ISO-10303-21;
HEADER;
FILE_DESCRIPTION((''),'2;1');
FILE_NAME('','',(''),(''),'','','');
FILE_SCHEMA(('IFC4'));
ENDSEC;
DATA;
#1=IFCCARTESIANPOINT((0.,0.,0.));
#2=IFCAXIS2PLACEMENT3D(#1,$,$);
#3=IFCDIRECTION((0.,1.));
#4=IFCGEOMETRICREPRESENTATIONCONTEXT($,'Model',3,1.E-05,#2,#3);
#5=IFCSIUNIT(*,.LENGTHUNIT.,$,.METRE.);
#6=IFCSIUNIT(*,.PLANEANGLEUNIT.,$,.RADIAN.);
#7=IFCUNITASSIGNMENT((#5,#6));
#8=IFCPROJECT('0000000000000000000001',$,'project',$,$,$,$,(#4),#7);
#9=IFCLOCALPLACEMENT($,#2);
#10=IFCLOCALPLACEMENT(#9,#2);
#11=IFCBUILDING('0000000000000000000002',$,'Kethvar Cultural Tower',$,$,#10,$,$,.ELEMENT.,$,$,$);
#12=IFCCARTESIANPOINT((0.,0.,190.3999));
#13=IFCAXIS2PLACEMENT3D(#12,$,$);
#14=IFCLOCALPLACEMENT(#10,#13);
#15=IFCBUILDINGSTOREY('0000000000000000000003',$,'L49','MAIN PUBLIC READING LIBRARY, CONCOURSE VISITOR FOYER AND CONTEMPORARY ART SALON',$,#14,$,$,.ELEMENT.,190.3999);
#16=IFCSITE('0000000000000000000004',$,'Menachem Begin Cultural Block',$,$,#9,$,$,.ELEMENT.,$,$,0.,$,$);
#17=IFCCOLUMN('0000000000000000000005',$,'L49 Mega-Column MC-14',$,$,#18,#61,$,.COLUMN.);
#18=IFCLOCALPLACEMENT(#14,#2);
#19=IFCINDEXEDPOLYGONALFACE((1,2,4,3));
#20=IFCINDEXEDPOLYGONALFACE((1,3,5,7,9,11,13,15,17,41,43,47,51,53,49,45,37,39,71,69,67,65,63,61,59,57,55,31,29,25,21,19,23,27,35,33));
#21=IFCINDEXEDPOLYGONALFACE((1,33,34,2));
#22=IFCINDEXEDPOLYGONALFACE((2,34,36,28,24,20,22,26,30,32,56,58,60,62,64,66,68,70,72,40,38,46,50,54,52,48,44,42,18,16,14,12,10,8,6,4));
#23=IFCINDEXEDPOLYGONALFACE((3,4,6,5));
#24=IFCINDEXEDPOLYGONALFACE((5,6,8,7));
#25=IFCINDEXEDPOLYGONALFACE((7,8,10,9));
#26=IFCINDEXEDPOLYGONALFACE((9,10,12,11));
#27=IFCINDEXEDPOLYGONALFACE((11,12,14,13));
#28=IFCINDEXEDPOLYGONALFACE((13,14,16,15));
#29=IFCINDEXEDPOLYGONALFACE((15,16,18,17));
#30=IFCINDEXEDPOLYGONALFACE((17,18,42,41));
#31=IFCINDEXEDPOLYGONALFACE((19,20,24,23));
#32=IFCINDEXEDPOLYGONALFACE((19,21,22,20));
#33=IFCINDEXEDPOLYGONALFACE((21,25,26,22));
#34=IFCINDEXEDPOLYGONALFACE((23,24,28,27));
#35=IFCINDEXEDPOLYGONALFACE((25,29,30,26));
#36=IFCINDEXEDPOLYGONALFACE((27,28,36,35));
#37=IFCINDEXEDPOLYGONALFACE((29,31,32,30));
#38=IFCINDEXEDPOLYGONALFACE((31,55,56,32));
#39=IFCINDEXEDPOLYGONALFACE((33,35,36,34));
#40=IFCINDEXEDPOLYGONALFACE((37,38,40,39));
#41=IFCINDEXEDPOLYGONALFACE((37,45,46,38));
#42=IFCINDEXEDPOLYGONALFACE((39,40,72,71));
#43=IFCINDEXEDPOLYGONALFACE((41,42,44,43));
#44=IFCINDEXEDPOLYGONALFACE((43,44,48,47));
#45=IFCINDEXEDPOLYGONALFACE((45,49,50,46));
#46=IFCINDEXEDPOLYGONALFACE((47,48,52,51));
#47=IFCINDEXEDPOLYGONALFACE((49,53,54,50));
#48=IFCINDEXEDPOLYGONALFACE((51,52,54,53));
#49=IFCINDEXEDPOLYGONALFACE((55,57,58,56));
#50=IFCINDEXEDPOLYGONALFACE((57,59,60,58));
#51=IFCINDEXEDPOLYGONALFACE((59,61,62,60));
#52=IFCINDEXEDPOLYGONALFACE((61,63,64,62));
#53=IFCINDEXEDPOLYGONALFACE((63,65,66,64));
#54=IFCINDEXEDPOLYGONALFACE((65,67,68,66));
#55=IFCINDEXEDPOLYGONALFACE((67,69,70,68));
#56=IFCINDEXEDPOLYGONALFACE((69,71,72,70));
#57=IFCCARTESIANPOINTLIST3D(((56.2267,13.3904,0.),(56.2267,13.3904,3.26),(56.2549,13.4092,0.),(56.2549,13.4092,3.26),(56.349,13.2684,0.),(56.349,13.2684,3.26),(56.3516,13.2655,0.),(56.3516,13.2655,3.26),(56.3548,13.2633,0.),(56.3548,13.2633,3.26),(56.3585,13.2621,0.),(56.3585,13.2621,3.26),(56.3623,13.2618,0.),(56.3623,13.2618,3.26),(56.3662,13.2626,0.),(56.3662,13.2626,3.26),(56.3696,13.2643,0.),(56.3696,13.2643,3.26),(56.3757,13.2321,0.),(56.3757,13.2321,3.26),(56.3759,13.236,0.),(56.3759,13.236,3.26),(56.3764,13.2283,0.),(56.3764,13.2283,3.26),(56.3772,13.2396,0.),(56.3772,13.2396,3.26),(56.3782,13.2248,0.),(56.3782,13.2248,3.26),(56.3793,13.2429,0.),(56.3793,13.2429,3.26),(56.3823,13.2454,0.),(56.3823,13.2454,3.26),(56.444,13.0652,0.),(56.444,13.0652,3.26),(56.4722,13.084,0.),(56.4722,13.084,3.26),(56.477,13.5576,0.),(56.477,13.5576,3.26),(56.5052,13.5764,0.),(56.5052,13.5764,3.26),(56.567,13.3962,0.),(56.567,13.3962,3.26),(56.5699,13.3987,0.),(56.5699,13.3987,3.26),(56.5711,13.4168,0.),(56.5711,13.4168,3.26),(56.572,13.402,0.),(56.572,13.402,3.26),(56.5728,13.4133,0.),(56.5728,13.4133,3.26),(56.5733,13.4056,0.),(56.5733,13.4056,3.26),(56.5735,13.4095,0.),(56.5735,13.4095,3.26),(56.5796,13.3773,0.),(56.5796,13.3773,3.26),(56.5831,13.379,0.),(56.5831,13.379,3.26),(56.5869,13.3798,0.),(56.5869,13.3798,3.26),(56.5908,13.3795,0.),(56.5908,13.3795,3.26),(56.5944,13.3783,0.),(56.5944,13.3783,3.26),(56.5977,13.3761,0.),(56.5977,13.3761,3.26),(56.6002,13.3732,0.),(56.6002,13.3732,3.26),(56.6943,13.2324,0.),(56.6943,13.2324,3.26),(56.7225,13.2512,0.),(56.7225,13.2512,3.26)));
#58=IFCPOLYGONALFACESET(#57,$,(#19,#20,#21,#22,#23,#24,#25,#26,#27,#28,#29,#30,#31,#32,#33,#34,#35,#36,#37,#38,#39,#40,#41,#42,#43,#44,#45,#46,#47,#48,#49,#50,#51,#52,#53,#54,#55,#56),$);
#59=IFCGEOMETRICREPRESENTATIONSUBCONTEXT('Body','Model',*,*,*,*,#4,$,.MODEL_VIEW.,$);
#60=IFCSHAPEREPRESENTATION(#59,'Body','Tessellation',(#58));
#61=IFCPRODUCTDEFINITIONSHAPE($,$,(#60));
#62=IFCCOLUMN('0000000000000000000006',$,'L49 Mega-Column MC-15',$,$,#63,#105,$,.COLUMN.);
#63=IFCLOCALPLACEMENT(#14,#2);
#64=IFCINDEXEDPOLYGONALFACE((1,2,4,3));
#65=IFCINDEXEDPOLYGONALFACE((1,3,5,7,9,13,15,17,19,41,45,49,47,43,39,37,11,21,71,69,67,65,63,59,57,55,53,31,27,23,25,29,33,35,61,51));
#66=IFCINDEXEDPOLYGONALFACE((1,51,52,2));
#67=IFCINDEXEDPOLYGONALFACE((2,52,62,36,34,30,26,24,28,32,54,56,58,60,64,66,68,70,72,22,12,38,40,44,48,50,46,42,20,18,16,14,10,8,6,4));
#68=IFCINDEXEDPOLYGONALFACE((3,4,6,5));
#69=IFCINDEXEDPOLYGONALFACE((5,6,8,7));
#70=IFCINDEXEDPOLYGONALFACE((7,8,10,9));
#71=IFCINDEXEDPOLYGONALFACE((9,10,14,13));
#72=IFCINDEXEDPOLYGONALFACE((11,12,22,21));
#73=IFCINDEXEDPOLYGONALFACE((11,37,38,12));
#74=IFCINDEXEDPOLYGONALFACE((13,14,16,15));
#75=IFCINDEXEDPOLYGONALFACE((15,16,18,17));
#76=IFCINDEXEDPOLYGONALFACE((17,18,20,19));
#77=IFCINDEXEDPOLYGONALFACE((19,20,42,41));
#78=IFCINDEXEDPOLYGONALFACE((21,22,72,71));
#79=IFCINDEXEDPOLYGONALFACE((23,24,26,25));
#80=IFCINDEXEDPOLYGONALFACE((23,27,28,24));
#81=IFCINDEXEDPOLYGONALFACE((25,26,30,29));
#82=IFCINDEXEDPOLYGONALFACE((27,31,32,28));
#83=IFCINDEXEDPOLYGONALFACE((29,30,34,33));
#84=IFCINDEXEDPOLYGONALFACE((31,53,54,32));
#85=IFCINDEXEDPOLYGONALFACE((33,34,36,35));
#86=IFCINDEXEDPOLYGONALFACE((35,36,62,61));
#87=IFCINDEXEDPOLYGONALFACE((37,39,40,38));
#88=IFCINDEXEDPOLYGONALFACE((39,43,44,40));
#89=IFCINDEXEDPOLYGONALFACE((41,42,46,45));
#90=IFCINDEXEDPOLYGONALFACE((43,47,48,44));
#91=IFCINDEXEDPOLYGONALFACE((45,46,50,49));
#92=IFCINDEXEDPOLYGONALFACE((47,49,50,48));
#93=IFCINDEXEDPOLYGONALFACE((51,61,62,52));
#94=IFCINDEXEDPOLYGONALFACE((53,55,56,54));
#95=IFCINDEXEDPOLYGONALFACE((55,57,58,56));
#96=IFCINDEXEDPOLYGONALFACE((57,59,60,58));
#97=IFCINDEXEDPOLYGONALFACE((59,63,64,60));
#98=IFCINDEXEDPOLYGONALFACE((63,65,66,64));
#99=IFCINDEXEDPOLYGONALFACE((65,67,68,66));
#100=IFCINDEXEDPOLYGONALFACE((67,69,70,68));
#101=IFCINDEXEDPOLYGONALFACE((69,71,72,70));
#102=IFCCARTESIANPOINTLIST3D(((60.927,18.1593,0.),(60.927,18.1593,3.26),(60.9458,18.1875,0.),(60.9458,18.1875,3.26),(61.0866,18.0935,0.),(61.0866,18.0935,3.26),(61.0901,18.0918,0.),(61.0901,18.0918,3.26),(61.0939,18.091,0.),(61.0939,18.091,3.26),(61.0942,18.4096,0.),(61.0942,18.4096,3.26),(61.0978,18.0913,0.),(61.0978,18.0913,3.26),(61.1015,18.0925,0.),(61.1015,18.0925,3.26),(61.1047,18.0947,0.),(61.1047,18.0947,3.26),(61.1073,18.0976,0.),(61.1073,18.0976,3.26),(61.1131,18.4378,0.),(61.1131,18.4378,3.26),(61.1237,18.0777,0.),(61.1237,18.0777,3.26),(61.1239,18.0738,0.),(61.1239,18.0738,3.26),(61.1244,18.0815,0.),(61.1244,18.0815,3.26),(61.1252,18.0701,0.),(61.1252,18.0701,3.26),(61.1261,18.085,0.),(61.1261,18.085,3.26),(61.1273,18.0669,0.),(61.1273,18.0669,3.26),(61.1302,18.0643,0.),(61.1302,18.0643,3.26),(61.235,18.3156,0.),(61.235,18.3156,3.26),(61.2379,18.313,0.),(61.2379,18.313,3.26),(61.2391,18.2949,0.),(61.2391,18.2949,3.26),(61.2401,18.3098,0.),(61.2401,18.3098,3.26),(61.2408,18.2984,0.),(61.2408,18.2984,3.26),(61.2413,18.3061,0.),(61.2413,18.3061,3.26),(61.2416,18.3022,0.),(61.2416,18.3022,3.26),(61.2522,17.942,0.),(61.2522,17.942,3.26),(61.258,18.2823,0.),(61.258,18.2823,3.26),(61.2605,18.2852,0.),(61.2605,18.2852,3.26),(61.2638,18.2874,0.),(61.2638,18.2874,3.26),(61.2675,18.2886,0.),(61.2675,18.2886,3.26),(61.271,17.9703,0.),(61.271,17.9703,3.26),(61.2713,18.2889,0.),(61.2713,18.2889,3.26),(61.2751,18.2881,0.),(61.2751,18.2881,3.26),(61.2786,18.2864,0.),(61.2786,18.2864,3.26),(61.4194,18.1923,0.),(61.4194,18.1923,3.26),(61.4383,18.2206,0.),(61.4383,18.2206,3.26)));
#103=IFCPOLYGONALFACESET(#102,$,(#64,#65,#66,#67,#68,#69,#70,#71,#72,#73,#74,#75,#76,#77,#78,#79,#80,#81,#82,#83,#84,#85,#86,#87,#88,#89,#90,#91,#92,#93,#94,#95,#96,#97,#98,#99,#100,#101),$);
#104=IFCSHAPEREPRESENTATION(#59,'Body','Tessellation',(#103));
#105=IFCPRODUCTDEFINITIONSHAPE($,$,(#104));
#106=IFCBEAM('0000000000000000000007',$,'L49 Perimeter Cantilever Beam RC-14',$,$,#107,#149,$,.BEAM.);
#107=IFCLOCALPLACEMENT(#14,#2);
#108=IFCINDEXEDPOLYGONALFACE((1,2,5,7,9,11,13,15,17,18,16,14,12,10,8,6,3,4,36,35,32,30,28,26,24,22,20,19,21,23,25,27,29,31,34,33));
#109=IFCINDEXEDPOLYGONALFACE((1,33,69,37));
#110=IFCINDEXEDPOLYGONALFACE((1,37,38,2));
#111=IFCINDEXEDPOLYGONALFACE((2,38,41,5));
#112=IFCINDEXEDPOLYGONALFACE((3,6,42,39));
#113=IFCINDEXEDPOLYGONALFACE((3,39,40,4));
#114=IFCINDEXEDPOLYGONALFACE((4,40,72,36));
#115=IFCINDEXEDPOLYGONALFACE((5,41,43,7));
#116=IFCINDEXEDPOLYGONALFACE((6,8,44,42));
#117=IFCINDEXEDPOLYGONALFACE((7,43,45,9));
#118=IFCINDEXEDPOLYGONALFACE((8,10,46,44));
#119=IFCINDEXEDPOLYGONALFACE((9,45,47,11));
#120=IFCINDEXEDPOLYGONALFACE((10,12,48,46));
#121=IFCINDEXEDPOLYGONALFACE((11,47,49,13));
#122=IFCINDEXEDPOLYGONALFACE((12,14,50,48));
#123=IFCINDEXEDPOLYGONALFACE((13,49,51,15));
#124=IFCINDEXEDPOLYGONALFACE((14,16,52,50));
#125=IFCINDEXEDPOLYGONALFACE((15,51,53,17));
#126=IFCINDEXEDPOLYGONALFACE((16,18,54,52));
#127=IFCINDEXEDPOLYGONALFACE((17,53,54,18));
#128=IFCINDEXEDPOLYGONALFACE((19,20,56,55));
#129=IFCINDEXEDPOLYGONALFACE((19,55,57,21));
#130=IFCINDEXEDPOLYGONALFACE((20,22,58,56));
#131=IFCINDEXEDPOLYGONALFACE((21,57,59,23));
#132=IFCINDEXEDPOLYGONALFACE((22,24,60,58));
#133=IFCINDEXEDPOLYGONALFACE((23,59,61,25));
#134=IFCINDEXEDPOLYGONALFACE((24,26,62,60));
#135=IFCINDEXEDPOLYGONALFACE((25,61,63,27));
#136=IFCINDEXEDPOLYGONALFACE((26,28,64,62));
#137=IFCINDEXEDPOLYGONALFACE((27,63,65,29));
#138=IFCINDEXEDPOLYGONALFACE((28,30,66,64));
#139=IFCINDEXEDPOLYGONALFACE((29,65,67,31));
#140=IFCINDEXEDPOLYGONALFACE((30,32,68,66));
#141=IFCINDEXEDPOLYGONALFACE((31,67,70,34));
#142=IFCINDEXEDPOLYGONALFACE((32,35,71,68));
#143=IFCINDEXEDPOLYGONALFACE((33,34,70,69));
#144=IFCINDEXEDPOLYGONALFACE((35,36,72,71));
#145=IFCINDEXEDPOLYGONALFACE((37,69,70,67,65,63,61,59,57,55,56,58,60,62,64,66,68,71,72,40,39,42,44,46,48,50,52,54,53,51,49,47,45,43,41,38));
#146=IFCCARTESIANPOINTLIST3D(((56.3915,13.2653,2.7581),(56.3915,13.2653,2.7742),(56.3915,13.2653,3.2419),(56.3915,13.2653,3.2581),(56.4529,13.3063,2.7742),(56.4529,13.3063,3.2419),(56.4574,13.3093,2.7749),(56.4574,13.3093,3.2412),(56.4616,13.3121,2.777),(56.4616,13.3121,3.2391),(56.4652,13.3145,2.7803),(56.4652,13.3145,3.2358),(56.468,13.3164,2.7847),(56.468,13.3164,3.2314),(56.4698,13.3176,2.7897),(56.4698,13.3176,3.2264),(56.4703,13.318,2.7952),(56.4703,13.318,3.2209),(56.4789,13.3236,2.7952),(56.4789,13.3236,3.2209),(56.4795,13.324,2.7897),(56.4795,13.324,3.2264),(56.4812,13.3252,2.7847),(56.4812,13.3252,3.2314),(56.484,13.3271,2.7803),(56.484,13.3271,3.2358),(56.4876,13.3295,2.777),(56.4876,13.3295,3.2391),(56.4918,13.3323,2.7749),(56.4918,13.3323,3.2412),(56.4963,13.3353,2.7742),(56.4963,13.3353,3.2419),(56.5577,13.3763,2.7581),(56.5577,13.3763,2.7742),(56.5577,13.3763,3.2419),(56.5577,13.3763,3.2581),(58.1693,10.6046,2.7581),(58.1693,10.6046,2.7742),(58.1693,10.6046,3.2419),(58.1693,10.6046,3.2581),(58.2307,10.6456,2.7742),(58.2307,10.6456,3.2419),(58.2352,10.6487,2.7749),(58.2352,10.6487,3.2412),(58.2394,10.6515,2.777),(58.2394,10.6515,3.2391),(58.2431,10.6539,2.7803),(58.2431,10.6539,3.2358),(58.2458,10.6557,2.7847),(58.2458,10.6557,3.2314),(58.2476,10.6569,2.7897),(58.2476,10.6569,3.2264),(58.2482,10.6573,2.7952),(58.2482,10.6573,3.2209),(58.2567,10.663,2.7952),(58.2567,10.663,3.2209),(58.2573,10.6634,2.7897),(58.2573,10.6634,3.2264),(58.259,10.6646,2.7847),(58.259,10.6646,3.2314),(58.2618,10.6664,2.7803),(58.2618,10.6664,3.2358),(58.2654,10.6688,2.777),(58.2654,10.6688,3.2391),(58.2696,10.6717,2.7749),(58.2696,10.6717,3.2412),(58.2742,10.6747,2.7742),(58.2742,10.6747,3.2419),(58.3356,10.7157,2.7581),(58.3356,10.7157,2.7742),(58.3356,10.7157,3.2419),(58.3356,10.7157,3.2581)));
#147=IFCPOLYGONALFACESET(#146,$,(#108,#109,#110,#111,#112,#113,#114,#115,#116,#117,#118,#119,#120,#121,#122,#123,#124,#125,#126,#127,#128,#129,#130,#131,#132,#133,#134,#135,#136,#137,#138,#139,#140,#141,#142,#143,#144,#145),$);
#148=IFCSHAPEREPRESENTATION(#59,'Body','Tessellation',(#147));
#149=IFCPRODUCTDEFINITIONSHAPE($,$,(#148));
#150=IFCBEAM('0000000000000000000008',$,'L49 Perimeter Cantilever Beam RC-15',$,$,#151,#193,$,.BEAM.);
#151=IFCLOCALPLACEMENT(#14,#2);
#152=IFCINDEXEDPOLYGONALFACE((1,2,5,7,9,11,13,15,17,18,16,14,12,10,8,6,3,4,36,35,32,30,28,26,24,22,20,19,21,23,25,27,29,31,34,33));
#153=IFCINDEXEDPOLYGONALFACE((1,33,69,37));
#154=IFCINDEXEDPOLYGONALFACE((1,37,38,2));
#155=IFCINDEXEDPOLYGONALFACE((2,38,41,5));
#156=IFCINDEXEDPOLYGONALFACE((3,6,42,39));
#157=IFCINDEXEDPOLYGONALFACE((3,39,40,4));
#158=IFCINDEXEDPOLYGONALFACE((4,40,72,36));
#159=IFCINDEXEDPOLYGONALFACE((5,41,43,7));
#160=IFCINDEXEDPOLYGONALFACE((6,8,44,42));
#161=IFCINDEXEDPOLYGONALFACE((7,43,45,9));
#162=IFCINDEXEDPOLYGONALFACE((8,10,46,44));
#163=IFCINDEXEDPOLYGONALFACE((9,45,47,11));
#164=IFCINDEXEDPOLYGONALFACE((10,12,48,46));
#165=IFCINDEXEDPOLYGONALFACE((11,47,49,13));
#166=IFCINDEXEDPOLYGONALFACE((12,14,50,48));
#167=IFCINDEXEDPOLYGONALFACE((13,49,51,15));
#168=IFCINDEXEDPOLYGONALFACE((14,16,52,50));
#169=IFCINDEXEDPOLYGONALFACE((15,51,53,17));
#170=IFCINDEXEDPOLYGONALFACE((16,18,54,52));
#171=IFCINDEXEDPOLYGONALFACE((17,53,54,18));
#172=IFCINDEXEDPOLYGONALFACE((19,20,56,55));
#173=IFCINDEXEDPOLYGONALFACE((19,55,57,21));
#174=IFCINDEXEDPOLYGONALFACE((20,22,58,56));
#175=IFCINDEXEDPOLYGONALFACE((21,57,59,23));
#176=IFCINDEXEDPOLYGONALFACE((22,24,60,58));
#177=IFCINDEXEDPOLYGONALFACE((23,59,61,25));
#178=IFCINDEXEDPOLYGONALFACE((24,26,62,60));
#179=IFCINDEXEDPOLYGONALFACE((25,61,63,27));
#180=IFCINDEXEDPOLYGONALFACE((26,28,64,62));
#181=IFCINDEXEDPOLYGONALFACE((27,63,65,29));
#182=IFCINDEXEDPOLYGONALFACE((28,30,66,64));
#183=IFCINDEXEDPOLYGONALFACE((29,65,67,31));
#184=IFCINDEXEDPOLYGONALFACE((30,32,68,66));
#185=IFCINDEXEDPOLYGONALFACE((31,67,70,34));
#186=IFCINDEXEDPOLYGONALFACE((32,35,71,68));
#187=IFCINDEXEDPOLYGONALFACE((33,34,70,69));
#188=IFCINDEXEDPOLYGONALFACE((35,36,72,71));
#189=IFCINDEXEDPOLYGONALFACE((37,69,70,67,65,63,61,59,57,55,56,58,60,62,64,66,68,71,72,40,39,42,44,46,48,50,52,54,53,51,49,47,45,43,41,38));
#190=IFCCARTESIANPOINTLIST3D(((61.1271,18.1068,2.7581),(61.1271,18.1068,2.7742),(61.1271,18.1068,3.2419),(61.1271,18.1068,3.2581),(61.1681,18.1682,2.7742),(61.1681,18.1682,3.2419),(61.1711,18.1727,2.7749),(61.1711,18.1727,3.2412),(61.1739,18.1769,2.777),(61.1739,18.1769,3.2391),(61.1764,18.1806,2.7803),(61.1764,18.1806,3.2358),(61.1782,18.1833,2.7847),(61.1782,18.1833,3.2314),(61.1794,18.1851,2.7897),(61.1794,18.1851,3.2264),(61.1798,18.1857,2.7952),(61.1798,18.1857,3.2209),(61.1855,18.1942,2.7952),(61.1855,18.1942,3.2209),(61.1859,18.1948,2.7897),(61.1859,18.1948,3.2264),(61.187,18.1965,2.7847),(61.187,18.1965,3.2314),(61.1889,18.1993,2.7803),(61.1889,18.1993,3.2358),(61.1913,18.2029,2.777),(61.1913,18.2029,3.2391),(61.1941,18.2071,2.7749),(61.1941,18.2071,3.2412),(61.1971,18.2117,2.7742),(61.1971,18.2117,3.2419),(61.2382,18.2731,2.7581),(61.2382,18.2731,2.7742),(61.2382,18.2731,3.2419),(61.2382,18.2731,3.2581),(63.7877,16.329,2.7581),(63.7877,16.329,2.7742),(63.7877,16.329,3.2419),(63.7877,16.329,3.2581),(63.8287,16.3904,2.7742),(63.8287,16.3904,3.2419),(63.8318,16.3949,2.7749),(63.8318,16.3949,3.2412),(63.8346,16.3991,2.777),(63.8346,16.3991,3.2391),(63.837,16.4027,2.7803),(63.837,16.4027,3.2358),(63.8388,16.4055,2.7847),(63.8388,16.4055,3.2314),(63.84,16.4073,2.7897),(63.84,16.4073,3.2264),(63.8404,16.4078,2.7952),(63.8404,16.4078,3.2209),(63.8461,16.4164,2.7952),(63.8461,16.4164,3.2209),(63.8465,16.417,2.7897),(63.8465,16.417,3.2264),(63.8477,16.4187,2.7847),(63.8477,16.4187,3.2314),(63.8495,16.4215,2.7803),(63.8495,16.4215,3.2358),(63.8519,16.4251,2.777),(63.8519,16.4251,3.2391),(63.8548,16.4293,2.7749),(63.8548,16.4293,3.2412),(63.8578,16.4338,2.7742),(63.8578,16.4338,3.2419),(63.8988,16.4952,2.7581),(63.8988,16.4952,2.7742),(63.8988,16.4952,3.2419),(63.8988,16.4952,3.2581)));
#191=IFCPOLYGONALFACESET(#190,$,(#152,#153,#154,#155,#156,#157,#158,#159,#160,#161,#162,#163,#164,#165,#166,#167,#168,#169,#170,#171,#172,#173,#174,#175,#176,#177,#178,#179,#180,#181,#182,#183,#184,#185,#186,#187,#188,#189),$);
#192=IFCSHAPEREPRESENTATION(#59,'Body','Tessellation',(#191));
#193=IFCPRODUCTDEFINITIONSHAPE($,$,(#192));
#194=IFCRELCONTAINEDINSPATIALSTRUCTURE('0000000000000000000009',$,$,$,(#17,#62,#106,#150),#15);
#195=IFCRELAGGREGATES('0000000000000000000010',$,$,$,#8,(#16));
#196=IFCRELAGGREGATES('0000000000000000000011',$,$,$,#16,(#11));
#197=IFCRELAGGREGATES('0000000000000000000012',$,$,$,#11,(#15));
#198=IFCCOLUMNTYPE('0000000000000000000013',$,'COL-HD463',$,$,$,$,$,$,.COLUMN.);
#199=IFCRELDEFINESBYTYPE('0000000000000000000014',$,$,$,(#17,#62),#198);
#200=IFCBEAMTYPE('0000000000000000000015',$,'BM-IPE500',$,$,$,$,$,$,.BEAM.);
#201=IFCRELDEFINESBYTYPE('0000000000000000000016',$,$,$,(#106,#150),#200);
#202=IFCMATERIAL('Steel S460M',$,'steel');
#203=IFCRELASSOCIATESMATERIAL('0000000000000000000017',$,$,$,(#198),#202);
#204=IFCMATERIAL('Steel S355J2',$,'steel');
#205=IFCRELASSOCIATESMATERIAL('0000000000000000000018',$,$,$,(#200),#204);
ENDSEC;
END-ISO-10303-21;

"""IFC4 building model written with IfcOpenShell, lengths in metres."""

from ifc_helpers import new_model, si_unit, direction, frame, origin, origin_2d, place, context, subcontext, project, spatial, i_section, extrude, source, transform, mapped, material, material_profile, profile_set, type_object, element, save


model = new_model("IFC4")

# Units and contexts
model_context = context("Model", 3, precision=1e-05, world=origin(), true_north=direction((0.0, 1.0)))
body_context = subcontext(model_context, "Body", "Model", "MODEL_VIEW")
ifc_project = project(units=[si_unit("LENGTHUNIT", "METRE"), si_unit("PLANEANGLEUNIT", "RADIAN")], contexts=[model_context])

# Site, building, storey
site_placement = place(None, origin())
site = spatial("IfcSite", under=ifc_project, at=site_placement, Name="Menachem Begin Cultural Block", CompositionType="ELEMENT", RefElevation=0.0)
building_placement = place(site_placement, origin())
building = spatial("IfcBuilding", under=site, at=building_placement, Name="Kethvar Cultural Tower", CompositionType="ELEMENT")
storey_placement = place(building_placement, frame((0.0, 0.0, 190.3999)))
storey = spatial("IfcBuildingStorey", under=building, at=storey_placement, Name="L49", Description="MAIN PUBLIC READING LIBRARY, CONCOURSE VISITOR FOYER AND CONTEMPORARY ART SALON", CompositionType="ELEMENT", Elevation=190.3999)

# Columns
ifc_material_1 = material(Name="Steel S460M", Category="steel")
ifc_material_profile_1 = material_profile(ifc_material_1, i_section(OverallWidth=0.3911, OverallDepth=0.335, WebThickness=0.0227, FlangeThickness=0.0339, FilletRadius=0.0149, at=origin_2d()), Name="Steel S460M — HD400x463")
ifc_profile_set_1 = profile_set([ifc_material_profile_1], Name="Steel S460M — HD400x463")
column_type = type_object("IfcColumnType", Name="COL-HD463", PredefinedType="COLUMN", material=ifc_profile_set_1)
shared_shape_1 = source(origin(), body_context, "Body", "SweptSolid", [
    extrude(i_section(OverallWidth=0.3911, OverallDepth=0.335, WebThickness=0.0227, FlangeThickness=0.0339, FilletRadius=0.0149, at=origin_2d()), origin(), (0.0, 0.0, 1.0), 3.26),
])
for number, where, z_axis, x_axis, name in (
    (1, (56.4746, 13.3208, 0.0), (0.0, 0.0, 1.0), (0.55557, -0.83147, 0.0), "L49 Mega-Column MC-14"),
    (2, (61.1826, 18.1899, 0.0), (0.0, 0.0, 1.0), (0.83147, -0.55557, 0.0), "L49 Mega-Column MC-15"),
):
    element("IfcColumn", number, at=place(storey_placement, frame(where, z_axis=z_axis, x_axis=x_axis)), inside=storey, type_object=column_type, Name=name, PredefinedType="COLUMN", context=body_context, shape_type="MappedRepresentation", body=[
        mapped(shared_shape_1, transform((0.0, 0.0, 0.0), scale=1.0)),
    ])

# Beams
ifc_material_2 = material(Name="Steel S355J2", Category="steel")
ifc_material_profile_2 = material_profile(ifc_material_2, i_section(OverallWidth=0.2, OverallDepth=0.5, WebThickness=0.0103, FlangeThickness=0.0161, FilletRadius=0.021, at=origin_2d()), Name="Steel S355J2 — IPE500")
ifc_profile_set_2 = profile_set([ifc_material_profile_2], Name="Steel S355J2 — IPE500")
beam_type_1 = type_object("IfcBeamType", Name="BM-IPE500", PredefinedType="BEAM", material=ifc_profile_set_2)
shared_shape_2 = source(origin(), body_context, "Body", "SweptSolid", [
    extrude(i_section(OverallWidth=0.2, OverallDepth=0.5, WebThickness=0.0103, FlangeThickness=0.0161, FilletRadius=0.021, at=origin_2d()), origin(), (0.0, 0.0, 1.0), 3.2),
])
for number, where, z_axis, x_axis, name in (
    (3, (56.4746, 13.3208, 3.0081), (0.55558, -0.831463, 0.0), (0.831463, 0.55558, 0.0), "L49 Perimeter Cantilever Beam RC-14"),
    (4, (61.1826, 18.1899, 3.0081), (0.831463, -0.55558, 0.0), (0.55558, 0.831463, 0.0), "L49 Perimeter Cantilever Beam RC-15"),
):
    element("IfcBeam", number, at=place(storey_placement, frame(where, z_axis=z_axis, x_axis=x_axis)), inside=storey, type_object=beam_type_1, Name=name, PredefinedType="BEAM", context=body_context, shape_type="MappedRepresentation", body=[
        mapped(shared_shape_2, transform((0.0, 0.0, 0.0), scale=1.0)),
    ])

save(model, "model.ifc")
